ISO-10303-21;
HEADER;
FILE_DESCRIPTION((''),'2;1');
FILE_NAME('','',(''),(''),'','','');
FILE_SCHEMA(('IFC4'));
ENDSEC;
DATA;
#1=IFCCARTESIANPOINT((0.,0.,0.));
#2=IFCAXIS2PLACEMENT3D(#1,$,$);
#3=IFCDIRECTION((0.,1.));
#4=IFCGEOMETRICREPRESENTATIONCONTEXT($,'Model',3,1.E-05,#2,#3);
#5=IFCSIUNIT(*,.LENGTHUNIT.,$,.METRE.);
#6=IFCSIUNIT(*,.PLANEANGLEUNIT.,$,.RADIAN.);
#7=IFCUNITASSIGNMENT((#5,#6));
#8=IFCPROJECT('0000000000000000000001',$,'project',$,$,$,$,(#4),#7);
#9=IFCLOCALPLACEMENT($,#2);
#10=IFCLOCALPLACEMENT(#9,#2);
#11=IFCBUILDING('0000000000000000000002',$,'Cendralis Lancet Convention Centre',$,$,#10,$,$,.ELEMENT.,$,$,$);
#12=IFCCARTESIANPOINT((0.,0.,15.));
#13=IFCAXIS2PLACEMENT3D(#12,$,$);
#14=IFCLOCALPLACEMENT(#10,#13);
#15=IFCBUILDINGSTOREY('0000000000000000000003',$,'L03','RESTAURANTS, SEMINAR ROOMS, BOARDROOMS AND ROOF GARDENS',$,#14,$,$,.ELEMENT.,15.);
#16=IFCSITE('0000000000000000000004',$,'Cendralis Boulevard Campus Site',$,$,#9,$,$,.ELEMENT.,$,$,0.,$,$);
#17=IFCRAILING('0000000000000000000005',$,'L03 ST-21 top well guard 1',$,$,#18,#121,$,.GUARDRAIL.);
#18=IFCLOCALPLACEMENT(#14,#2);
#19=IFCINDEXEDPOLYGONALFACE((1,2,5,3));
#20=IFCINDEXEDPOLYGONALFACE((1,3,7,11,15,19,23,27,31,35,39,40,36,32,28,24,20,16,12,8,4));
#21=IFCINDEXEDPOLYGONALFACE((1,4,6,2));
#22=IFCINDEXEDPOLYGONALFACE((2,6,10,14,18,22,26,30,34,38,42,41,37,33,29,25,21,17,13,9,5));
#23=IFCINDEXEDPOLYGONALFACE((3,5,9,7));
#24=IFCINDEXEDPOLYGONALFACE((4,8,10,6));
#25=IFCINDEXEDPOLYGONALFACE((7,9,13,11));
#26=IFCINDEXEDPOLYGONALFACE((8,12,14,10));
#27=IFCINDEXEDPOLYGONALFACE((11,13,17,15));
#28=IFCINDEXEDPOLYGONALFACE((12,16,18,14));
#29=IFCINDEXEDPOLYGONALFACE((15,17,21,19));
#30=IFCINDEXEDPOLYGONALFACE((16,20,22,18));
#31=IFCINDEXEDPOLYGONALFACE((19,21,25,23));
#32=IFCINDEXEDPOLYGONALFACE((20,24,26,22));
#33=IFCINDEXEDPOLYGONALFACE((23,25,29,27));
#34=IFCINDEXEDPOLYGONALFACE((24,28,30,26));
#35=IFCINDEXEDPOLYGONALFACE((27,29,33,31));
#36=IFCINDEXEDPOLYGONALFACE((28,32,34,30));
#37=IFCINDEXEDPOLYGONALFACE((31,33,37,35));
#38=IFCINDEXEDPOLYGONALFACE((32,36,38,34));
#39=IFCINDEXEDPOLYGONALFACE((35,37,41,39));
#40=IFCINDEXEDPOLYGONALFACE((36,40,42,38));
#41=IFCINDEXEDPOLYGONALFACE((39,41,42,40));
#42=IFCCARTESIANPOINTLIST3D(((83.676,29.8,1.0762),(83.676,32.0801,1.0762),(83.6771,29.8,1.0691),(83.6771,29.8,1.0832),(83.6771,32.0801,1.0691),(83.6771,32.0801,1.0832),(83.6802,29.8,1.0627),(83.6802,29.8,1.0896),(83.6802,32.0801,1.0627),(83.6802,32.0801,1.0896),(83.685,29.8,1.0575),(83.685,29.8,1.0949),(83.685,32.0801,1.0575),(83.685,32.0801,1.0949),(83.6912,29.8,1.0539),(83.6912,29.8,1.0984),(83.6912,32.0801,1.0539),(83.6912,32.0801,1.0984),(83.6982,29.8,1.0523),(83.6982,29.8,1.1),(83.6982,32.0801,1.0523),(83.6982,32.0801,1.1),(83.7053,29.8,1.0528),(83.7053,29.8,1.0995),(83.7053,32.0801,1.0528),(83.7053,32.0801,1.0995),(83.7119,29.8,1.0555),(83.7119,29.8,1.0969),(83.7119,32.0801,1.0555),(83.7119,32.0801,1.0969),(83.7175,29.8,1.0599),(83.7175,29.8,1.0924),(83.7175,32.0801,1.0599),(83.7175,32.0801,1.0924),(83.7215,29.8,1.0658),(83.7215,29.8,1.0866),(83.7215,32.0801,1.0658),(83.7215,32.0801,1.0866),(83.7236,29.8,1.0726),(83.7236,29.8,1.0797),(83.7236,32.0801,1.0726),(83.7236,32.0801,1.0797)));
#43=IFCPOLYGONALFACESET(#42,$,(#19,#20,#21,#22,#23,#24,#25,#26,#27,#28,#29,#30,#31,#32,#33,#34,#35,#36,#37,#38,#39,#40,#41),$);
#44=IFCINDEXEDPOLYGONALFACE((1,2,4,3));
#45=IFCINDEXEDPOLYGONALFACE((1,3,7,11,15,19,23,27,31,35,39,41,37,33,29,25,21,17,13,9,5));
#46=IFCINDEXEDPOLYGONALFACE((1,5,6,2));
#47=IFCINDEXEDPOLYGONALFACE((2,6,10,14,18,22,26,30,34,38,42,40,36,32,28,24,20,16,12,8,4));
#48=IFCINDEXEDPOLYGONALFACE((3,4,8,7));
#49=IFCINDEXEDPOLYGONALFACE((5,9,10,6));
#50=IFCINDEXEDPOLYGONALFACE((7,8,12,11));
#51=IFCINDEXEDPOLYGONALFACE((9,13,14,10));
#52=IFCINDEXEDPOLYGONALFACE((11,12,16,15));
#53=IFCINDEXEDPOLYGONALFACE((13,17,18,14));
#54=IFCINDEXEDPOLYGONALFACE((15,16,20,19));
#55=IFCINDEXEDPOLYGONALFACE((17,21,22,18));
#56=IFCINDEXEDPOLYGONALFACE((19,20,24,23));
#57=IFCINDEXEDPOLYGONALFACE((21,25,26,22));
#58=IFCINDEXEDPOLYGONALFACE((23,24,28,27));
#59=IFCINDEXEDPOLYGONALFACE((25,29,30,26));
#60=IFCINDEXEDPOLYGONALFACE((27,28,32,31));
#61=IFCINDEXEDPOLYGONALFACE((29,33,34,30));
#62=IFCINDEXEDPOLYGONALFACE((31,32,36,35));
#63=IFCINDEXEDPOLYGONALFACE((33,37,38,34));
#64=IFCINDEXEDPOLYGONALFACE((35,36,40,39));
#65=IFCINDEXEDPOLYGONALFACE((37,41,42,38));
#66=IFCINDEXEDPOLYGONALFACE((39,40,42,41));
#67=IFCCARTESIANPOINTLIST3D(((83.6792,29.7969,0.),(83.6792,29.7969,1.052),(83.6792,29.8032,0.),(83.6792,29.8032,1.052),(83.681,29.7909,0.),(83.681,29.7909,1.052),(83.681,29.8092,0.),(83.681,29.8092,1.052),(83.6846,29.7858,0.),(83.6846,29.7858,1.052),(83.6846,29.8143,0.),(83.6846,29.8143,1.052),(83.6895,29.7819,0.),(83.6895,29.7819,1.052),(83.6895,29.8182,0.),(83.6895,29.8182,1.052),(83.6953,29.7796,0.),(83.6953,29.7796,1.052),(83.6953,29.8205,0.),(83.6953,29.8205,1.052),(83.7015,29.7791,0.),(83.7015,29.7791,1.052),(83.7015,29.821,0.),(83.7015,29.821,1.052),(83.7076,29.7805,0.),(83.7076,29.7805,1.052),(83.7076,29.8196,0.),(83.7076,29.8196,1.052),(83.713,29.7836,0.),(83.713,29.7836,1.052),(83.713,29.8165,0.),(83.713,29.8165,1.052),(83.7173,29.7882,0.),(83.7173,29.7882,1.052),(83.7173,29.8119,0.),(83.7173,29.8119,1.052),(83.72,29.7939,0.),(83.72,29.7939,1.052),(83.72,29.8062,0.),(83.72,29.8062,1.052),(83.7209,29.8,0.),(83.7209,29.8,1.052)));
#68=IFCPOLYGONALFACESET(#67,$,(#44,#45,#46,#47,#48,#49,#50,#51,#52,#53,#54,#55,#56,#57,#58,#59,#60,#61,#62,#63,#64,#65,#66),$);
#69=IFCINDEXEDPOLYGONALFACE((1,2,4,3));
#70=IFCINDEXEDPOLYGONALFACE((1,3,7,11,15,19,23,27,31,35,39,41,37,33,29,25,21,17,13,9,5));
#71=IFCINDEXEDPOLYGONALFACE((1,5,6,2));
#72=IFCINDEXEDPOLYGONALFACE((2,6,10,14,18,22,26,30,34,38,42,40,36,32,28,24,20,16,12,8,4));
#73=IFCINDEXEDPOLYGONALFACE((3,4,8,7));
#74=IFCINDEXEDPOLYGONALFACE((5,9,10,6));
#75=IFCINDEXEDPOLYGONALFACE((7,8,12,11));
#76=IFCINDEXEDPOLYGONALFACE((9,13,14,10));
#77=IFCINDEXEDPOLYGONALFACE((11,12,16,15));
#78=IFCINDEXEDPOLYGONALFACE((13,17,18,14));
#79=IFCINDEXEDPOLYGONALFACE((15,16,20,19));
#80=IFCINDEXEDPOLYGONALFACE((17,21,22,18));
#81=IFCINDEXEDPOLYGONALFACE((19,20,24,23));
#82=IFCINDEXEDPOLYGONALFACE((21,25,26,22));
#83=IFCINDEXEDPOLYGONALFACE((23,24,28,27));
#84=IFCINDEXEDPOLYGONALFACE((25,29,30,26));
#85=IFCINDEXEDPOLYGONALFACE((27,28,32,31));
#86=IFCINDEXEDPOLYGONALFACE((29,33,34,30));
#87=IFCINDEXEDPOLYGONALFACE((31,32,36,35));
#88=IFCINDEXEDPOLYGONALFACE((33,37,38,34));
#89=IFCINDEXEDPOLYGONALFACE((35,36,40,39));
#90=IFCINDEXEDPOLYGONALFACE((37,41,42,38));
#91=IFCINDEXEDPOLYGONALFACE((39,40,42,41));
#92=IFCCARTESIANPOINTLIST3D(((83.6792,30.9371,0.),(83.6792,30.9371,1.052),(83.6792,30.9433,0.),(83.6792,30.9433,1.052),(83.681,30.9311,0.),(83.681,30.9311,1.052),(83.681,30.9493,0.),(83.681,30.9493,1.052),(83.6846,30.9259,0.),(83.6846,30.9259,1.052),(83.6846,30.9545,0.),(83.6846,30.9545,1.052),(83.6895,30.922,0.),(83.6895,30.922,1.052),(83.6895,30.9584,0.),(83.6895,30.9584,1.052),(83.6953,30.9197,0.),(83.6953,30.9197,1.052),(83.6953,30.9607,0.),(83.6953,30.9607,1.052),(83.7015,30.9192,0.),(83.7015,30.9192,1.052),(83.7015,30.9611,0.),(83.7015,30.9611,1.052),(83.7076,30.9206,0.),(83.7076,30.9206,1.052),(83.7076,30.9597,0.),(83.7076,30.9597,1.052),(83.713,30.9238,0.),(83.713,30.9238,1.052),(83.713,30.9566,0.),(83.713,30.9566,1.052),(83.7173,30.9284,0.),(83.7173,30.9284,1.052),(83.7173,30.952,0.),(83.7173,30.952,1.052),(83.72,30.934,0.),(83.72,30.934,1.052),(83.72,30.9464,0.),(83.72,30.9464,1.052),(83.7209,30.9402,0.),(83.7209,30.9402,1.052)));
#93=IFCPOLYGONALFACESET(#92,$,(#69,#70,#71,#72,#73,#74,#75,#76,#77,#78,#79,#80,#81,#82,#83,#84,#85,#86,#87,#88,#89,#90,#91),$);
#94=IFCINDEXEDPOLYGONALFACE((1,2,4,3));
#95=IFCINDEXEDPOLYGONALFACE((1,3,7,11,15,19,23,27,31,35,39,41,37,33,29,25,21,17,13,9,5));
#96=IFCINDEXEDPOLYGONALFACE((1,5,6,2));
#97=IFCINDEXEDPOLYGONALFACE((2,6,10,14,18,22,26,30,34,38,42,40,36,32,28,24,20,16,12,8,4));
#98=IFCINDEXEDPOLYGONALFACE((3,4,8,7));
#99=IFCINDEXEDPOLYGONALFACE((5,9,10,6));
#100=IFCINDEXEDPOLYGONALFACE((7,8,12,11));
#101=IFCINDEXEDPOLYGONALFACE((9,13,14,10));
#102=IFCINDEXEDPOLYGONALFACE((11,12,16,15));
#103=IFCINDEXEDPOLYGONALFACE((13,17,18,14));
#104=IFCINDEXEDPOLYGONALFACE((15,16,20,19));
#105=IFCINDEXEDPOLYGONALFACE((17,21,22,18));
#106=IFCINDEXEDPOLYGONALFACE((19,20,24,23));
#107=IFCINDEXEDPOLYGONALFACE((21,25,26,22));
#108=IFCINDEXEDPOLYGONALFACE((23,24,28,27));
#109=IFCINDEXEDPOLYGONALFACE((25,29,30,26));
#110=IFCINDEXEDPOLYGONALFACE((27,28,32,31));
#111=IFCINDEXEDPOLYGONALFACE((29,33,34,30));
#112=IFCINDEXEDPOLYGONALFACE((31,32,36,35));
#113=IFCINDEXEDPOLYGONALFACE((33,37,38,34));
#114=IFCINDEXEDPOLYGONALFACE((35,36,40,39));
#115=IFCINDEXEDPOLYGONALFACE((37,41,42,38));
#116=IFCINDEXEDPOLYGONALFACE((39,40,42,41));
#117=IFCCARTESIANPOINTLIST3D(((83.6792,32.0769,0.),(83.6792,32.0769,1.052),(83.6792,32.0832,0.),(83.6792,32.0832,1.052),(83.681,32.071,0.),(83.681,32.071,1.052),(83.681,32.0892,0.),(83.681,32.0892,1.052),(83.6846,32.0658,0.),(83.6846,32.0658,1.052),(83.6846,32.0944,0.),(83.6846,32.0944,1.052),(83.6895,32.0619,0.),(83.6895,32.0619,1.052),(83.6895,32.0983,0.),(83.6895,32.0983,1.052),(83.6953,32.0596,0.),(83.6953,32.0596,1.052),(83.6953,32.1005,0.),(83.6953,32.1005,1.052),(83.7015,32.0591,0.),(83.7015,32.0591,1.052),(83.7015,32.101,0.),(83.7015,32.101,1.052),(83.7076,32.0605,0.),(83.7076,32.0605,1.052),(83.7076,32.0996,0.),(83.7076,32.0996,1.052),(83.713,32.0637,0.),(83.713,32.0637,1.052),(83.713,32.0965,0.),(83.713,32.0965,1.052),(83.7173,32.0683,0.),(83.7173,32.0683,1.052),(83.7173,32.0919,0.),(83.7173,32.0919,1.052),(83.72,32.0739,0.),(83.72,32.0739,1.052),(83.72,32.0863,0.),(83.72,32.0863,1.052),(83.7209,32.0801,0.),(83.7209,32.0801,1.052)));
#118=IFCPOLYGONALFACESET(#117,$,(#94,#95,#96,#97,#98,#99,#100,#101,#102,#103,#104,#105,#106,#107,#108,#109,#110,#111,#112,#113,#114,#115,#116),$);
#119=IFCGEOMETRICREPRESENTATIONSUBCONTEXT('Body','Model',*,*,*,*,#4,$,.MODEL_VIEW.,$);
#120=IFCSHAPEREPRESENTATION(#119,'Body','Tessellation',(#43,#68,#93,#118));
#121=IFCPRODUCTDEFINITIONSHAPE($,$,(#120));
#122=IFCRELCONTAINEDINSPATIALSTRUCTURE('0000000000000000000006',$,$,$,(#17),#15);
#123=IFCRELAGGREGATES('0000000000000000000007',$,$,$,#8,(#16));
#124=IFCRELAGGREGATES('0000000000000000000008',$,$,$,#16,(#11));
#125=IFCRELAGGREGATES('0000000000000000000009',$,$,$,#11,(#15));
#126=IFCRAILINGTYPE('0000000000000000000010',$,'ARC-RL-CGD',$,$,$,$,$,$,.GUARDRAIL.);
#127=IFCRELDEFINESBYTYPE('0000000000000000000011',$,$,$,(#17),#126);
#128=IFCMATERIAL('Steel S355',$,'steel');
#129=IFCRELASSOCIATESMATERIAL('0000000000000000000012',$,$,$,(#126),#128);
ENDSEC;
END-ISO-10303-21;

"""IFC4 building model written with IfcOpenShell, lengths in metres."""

from ifc_helpers import new_model, si_unit, direction, frame, origin, origin_2d, place, context, subcontext, project, spatial, circle, extrude, material, type_object, element, save


model = new_model("IFC4")

# Units and contexts
model_context = context("Model", 3, precision=1e-05, world=origin(), true_north=direction((0.0, 1.0)))
body_context = subcontext(model_context, "Body", "Model", "MODEL_VIEW")
ifc_project = project(units=[si_unit("LENGTHUNIT", "METRE"), si_unit("PLANEANGLEUNIT", "RADIAN")], contexts=[model_context])

# Site, building, storey
site_placement = place(None, origin())
site = spatial("IfcSite", under=ifc_project, at=site_placement, Name="Cendralis Boulevard Campus Site", CompositionType="ELEMENT", RefElevation=0.0)
building_placement = place(site_placement, origin())
building = spatial("IfcBuilding", under=site, at=building_placement, Name="Cendralis Lancet Convention Centre", CompositionType="ELEMENT")
storey_placement = place(building_placement, frame((0.0, 0.0, 15.0)))
storey = spatial("IfcBuildingStorey", under=building, at=storey_placement, Name="L03", Description="RESTAURANTS, SEMINAR ROOMS, BOARDROOMS AND ROOF GARDENS", CompositionType="ELEMENT", Elevation=15.0)

# Shared definitions
ifc_material_1 = material(Name="Steel S355", Category="steel")

# Railing
railing_type = type_object("IfcRailingType", Name="ARC-RL-CGD", PredefinedType="GUARDRAIL", material=ifc_material_1)
railing_placement = place(storey_placement, frame((83.7, 29.8, 0.0)))
element("IfcRailing", 1, at=railing_placement, inside=storey, type_object=railing_type, Name="L03 ST-21 top well guard 1", PredefinedType="GUARDRAIL", context=body_context, shape_type="SweptSolid", body=[
    extrude(circle(Radius=0.0239, at=origin_2d()), frame((0.0, 0.0, 1.0762), z_axis=(0.0, 1.0, 0.0), x_axis=(-1.0, 0.0, 0.0)), (0.0, 0.0, 1.0), 2.28),
    extrude(circle(Radius=0.021, at=origin_2d()), origin(), (0.0, 0.0, 1.0), 1.052),
    extrude(circle(Radius=0.021, at=origin_2d()), frame((0.0, 1.1401, 0.0)), (0.0, 0.0, 1.0), 1.052),
    extrude(circle(Radius=0.021, at=origin_2d()), frame((0.0, 2.28, 0.0)), (0.0, 0.0, 1.0), 1.052),
])

save(model, "model.ifc")
